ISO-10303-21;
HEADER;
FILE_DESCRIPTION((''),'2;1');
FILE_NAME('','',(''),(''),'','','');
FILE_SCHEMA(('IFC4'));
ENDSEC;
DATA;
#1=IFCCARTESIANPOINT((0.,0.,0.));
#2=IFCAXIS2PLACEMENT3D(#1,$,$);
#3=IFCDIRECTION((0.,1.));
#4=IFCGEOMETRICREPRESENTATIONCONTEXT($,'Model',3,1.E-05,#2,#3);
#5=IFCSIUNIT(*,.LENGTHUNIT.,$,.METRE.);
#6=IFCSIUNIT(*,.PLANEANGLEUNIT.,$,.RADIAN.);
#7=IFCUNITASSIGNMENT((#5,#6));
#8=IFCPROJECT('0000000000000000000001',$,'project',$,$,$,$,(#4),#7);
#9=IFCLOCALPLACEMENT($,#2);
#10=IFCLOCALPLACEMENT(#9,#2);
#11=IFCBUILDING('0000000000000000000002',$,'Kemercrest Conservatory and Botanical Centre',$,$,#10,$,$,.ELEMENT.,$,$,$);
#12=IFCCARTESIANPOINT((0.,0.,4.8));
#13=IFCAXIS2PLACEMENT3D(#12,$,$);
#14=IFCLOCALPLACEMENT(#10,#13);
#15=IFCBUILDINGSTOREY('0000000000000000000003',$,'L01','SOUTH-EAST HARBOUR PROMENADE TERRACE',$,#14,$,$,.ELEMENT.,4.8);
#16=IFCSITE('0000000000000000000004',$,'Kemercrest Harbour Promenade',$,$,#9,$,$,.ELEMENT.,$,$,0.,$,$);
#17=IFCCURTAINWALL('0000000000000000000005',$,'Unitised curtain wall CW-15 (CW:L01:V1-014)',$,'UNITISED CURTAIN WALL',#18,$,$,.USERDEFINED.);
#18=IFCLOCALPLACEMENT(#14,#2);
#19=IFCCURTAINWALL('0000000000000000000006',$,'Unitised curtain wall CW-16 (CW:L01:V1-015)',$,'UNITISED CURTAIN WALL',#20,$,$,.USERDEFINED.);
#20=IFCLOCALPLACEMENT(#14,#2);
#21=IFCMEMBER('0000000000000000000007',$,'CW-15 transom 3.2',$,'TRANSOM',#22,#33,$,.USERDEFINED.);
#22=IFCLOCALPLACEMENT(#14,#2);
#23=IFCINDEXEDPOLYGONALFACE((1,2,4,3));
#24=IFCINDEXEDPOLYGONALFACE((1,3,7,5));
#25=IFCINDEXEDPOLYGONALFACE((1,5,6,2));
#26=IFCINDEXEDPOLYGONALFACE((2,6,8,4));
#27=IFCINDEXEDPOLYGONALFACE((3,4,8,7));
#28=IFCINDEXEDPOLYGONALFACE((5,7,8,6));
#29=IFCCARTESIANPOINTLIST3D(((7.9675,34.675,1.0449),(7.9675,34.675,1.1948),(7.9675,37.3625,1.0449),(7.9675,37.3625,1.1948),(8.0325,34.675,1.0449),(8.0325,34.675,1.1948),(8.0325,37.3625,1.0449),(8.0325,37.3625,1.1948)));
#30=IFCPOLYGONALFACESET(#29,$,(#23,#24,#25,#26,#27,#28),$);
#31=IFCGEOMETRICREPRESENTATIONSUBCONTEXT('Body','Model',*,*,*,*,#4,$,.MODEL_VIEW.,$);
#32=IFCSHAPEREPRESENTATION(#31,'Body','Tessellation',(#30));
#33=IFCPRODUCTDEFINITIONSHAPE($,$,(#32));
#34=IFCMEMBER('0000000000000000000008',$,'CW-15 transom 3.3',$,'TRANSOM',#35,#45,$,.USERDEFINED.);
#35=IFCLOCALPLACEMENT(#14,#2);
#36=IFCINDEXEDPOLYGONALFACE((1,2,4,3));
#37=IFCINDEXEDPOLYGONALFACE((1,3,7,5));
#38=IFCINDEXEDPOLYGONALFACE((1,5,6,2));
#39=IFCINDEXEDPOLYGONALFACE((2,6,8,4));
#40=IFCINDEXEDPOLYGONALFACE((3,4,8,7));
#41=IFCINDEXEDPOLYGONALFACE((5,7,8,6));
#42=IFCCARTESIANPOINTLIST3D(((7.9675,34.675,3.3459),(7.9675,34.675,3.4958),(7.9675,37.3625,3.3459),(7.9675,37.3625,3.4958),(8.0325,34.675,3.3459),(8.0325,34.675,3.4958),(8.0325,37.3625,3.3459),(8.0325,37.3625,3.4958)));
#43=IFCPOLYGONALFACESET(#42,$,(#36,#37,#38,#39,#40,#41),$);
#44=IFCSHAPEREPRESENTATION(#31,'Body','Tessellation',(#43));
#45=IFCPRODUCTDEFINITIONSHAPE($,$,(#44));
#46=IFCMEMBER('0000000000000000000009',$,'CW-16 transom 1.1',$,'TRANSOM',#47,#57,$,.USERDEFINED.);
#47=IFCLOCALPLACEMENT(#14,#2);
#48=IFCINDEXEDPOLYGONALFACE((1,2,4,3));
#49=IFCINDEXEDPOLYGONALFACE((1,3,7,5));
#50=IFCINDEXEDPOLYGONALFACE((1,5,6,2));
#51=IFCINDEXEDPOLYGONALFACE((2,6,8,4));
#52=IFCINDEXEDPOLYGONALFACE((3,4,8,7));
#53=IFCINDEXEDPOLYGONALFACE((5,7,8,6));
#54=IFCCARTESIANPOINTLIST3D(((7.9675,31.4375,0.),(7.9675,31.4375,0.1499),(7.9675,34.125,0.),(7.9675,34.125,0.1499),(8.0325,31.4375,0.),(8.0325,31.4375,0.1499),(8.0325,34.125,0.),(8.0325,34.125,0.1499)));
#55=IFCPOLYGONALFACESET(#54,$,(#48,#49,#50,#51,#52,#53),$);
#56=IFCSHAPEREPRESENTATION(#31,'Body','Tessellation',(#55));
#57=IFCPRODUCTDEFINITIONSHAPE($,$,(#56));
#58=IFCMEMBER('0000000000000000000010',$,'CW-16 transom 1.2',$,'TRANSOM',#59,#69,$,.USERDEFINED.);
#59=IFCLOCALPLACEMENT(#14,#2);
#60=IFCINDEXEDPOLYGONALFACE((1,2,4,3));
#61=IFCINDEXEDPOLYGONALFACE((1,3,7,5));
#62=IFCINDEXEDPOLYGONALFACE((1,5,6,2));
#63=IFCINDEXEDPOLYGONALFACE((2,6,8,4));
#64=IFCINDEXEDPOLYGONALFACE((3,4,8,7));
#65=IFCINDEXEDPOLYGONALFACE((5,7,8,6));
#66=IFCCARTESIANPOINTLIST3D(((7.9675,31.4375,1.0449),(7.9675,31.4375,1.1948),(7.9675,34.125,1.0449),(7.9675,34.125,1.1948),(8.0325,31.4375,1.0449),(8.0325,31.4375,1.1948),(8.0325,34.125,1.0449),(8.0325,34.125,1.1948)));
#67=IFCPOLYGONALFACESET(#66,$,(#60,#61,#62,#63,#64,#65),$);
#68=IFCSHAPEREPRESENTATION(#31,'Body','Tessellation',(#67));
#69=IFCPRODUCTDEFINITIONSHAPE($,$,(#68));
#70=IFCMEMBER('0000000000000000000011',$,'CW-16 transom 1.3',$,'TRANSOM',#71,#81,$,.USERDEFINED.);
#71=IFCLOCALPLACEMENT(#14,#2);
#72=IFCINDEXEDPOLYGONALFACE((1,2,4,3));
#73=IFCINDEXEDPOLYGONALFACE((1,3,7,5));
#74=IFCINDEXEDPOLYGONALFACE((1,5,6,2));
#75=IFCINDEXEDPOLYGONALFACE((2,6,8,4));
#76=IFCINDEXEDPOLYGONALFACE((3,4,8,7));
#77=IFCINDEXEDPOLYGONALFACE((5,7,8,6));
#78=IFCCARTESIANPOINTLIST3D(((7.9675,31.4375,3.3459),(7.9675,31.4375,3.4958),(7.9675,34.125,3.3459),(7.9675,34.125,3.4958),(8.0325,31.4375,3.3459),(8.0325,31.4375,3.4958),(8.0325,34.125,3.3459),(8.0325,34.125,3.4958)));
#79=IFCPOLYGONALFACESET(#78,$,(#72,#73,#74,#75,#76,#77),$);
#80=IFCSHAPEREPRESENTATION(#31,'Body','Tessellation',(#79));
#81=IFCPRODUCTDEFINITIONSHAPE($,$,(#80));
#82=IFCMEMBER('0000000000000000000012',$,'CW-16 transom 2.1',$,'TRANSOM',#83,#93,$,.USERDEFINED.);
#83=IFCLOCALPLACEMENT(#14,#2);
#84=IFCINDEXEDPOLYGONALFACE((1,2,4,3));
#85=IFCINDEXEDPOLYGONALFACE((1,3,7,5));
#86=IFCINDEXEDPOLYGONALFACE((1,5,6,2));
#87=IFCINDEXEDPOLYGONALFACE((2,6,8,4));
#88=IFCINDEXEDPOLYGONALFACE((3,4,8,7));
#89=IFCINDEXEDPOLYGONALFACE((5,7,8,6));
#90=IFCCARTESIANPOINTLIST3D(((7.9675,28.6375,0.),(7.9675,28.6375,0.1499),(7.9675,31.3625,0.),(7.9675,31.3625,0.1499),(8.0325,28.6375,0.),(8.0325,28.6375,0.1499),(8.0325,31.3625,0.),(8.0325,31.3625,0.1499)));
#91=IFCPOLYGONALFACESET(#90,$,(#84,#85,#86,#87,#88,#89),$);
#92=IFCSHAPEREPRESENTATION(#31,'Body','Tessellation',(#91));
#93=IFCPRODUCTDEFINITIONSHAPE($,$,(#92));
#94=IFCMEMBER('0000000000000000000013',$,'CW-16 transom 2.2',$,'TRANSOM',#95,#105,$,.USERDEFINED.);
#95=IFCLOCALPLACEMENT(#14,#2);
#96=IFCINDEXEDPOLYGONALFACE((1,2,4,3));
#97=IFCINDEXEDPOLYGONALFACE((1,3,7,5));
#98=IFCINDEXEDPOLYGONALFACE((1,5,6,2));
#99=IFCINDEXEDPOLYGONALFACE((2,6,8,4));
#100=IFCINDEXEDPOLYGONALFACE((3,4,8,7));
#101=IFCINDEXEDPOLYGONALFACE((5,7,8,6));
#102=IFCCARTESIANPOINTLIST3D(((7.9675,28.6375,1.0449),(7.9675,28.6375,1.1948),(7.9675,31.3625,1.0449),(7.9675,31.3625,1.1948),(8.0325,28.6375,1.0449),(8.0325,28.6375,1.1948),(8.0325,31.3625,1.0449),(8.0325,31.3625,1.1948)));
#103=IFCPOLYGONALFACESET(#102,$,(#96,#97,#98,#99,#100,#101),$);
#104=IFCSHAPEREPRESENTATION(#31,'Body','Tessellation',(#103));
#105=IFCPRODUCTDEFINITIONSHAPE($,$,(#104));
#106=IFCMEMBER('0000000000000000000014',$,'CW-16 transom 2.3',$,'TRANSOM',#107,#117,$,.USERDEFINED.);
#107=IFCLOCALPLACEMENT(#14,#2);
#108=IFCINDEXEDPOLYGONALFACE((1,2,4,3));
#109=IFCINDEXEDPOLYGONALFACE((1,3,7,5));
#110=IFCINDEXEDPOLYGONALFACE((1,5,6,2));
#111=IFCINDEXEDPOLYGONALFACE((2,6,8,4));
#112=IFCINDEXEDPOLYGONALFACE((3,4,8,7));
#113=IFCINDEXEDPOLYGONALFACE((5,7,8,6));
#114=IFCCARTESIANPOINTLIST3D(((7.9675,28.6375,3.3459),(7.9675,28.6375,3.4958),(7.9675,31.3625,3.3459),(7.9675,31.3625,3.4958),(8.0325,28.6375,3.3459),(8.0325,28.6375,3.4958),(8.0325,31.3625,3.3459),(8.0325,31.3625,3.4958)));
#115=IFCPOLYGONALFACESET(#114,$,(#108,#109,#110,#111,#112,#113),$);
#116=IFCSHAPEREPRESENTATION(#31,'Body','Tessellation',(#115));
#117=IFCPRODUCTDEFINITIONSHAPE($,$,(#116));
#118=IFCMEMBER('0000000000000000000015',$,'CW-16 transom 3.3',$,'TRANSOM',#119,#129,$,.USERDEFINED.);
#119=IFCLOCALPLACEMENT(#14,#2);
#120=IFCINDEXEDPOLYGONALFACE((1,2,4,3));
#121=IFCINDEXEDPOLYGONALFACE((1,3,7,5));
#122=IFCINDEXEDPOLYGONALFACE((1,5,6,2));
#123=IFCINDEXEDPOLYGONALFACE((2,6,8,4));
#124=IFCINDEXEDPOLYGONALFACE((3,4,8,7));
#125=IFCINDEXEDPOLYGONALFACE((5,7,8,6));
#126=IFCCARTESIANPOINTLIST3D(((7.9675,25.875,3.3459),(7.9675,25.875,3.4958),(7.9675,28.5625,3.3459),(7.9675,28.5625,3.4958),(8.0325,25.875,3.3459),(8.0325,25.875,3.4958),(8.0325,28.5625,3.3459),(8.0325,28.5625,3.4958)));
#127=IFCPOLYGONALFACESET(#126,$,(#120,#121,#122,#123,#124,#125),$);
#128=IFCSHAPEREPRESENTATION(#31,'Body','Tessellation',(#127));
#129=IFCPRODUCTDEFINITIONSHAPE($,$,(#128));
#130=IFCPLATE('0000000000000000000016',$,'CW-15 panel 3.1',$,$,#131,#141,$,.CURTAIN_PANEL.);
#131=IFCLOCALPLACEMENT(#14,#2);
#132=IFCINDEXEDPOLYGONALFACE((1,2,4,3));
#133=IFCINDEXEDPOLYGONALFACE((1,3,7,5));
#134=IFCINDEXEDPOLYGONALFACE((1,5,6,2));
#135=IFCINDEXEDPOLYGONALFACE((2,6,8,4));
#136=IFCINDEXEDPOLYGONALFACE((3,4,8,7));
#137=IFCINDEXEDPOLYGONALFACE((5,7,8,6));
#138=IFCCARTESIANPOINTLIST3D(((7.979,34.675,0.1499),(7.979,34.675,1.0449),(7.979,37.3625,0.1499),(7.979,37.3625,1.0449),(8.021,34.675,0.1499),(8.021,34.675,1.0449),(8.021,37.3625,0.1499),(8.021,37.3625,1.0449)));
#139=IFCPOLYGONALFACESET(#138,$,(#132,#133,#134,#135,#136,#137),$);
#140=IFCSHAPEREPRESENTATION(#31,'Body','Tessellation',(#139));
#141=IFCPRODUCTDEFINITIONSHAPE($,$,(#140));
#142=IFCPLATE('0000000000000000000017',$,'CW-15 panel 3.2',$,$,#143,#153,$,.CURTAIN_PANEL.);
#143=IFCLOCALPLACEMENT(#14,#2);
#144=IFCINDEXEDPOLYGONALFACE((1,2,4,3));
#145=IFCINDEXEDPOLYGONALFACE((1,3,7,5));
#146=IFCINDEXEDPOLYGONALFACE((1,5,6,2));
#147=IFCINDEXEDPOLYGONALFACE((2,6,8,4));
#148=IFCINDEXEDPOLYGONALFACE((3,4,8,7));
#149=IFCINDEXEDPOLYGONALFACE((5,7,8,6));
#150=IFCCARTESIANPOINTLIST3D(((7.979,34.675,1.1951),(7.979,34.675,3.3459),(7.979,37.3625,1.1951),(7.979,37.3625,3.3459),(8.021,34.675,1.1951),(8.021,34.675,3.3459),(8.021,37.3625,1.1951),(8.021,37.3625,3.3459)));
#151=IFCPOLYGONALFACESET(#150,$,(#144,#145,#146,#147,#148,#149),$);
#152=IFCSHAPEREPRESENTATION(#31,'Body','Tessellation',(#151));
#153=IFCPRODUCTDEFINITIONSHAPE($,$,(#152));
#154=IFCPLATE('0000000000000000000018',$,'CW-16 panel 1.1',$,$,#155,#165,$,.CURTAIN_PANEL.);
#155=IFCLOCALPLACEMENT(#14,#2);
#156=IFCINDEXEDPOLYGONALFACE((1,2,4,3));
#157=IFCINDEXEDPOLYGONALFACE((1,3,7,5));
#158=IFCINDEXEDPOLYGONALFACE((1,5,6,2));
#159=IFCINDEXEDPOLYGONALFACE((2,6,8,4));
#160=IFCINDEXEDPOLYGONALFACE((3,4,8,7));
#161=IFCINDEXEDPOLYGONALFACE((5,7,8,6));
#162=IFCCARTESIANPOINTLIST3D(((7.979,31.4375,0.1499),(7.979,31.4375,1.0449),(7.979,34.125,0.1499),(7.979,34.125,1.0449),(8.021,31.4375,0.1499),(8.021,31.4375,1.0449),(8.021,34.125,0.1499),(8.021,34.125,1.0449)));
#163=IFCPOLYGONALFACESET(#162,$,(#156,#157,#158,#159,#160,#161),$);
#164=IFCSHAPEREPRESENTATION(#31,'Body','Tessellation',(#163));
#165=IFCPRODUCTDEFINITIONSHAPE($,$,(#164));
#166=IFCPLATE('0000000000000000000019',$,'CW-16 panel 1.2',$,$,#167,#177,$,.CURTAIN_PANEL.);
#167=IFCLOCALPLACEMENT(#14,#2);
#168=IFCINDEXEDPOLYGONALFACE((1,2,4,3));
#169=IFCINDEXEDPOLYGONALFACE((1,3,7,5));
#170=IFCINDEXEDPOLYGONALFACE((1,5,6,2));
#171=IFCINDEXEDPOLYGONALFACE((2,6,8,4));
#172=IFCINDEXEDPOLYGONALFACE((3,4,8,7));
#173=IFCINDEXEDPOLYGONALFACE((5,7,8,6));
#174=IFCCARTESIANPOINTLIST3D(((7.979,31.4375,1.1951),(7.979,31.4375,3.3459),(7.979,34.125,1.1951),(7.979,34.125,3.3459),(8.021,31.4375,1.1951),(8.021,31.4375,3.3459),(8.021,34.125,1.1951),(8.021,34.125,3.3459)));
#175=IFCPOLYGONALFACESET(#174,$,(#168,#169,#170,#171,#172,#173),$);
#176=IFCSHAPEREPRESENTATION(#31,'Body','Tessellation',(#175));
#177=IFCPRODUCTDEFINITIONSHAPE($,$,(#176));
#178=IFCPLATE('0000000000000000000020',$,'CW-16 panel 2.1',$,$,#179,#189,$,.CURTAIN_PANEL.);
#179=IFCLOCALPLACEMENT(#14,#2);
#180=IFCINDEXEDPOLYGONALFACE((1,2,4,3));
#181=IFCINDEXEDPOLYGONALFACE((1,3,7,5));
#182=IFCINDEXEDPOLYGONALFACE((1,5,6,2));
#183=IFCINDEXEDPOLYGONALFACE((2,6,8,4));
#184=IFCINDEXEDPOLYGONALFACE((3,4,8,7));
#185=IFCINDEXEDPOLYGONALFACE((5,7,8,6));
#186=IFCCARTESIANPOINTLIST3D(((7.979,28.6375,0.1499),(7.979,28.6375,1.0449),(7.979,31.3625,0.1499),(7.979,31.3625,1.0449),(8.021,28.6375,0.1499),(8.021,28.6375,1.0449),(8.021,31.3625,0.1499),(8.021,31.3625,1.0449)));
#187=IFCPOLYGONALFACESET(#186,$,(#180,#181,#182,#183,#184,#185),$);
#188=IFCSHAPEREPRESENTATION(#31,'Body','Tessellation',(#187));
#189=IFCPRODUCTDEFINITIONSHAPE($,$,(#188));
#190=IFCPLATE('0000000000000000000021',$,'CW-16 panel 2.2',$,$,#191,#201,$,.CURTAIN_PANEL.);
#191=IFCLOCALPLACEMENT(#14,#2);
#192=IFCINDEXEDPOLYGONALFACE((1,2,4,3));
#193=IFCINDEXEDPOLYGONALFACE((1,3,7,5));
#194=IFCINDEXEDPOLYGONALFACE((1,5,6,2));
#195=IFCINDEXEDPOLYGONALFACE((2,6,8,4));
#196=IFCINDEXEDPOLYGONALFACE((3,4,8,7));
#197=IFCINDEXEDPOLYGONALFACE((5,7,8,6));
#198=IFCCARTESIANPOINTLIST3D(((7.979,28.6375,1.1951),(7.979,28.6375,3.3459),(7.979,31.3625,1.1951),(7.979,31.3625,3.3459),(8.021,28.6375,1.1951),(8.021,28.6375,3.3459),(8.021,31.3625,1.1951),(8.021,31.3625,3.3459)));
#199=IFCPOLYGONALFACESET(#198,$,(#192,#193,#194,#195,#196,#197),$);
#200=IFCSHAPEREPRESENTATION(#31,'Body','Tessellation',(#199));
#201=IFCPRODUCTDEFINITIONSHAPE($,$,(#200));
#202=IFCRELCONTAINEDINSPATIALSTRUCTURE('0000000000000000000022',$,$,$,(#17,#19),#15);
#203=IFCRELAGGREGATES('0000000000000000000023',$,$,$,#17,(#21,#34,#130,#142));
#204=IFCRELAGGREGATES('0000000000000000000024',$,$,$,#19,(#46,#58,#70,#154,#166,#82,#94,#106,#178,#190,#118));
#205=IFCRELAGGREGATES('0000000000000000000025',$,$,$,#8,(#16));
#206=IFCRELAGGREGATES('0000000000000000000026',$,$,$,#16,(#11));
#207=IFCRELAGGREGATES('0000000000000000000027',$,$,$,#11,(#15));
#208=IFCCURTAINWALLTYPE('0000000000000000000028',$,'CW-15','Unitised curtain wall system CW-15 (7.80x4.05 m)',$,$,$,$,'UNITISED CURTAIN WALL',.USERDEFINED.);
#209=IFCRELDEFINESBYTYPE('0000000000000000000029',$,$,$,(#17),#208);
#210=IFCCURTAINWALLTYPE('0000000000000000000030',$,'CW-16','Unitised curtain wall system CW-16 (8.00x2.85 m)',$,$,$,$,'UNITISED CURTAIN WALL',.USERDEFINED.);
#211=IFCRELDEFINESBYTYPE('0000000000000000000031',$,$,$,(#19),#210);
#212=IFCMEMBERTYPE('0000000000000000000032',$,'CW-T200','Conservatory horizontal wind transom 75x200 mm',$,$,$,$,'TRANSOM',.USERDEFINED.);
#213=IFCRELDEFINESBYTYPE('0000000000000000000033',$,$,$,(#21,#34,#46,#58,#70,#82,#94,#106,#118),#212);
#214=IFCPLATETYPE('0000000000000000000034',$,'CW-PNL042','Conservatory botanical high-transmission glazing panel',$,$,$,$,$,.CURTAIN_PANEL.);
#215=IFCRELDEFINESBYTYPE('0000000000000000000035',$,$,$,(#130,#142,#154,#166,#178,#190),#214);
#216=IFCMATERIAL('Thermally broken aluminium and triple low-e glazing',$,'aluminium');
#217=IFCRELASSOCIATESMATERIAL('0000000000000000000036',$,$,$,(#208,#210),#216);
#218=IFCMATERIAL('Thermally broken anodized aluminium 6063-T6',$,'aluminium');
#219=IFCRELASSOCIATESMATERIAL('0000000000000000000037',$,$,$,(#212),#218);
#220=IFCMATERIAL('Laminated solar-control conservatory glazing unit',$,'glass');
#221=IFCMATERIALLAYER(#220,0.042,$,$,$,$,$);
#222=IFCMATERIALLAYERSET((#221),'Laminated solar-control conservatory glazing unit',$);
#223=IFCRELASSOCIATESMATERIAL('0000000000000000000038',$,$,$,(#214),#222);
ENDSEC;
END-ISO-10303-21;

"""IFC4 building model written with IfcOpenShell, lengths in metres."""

from ifc_helpers import new_model, si_unit, direction, frame, origin, origin_2d, place, context, subcontext, project, spatial, rectangle, extrude, material, layer, layer_set, material_profile, profile_set, type_object, element, aggregate, save


model = new_model("IFC4")

# Units and contexts
model_context = context("Model", 3, precision=1e-05, world=origin(), true_north=direction((0.0, 1.0)))
body_context = subcontext(model_context, "Body", "Model", "MODEL_VIEW")
ifc_project = project(units=[si_unit("LENGTHUNIT", "METRE"), si_unit("PLANEANGLEUNIT", "RADIAN")], contexts=[model_context])

# Site, building, storey
site_placement = place(None, origin())
site = spatial("IfcSite", under=ifc_project, at=site_placement, Name="Kemercrest Harbour Promenade", CompositionType="ELEMENT", RefElevation=0.0)
building_placement = place(site_placement, origin())
building = spatial("IfcBuilding", under=site, at=building_placement, Name="Kemercrest Conservatory and Botanical Centre", CompositionType="ELEMENT")
storey_placement = place(building_placement, frame((0.0, 0.0, 4.8)))
storey = spatial("IfcBuildingStorey", under=building, at=storey_placement, Name="L01", Description="SOUTH-EAST HARBOUR PROMENADE TERRACE", CompositionType="ELEMENT", Elevation=4.8)

# Curtain wall
ifc_material_1 = material(Name="Thermally broken aluminium and triple low-e glazing", Category="aluminium")
curtain_wall_type_1 = type_object("IfcCurtainWallType", Name="CW-15", Description="Unitised curtain wall system CW-15 (7.80x4.05 m)", ElementType="UNITISED CURTAIN WALL", PredefinedType="USERDEFINED", material=ifc_material_1)
curtain_wall_1_placement = place(storey_placement, origin())
curtain_wall_1 = element("IfcCurtainWall", 1, at=curtain_wall_1_placement, inside=storey, type_object=curtain_wall_type_1, Name="Unitised curtain wall CW-15 (CW:L01:V1-014)", ObjectType="UNITISED CURTAIN WALL", PredefinedType="USERDEFINED")
ifc_material_2 = material(Name="Thermally broken anodized aluminium 6063-T6", Category="aluminium")

# Curtain wall
curtain_wall_type_2 = type_object("IfcCurtainWallType", Name="CW-16", Description="Unitised curtain wall system CW-16 (8.00x2.85 m)", ElementType="UNITISED CURTAIN WALL", PredefinedType="USERDEFINED", material=ifc_material_1)
curtain_wall_2_placement = place(storey_placement, origin())
curtain_wall_2 = element("IfcCurtainWall", 2, at=curtain_wall_2_placement, inside=storey, type_object=curtain_wall_type_2, Name="Unitised curtain wall CW-16 (CW:L01:V1-015)", ObjectType="UNITISED CURTAIN WALL", PredefinedType="USERDEFINED")

# Members
ifc_material_profile_1 = material_profile(ifc_material_2, rectangle(XDim=0.0649, YDim=0.1499, at=origin_2d()), Name="AL TRANSOM 65x150")
ifc_profile_set_1 = profile_set([ifc_material_profile_1], Name="Thermally broken anodized aluminium 6063-T6")
member_type_1 = type_object("IfcMemberType", Name="CW-T200", Description="Conservatory horizontal wind transom 75x200 mm", ElementType="TRANSOM", PredefinedType="USERDEFINED", material=ifc_profile_set_1)
member_1_placement = place(storey_placement, frame((8.0, 37.3625, 1.1199), z_axis=(0.0, -1.0, 0.0), x_axis=(1.0, 0.0, 0.0)))
member_1 = element("IfcMember", 3, at=member_1_placement, type_object=member_type_1, Name="CW-15 transom 3.2", ObjectType="TRANSOM", PredefinedType="USERDEFINED", context=body_context, shape_type="SweptSolid", body=[
    extrude(rectangle(XDim=0.0649, YDim=0.1499, at=origin_2d()), origin(), (0.0, 0.0, 1.0), 2.6875),
])
member_2_placement = place(storey_placement, frame((8.0, 37.3625, 3.4209), z_axis=(0.0, -1.0, 0.0), x_axis=(1.0, 0.0, 0.0)))
member_2 = element("IfcMember", 4, at=member_2_placement, type_object=member_type_1, Name="CW-15 transom 3.3", ObjectType="TRANSOM", PredefinedType="USERDEFINED", context=body_context, shape_type="SweptSolid", body=[
    extrude(rectangle(XDim=0.0649, YDim=0.1499, at=origin_2d()), origin(), (0.0, 0.0, 1.0), 2.6875),
])
member_3_placement = place(storey_placement, frame((8.0, 34.125, 0.075), z_axis=(0.0, -1.0, 0.0), x_axis=(1.0, 0.0, 0.0)))
member_3 = element("IfcMember", 5, at=member_3_placement, type_object=member_type_1, Name="CW-16 transom 1.1", ObjectType="TRANSOM", PredefinedType="USERDEFINED", context=body_context, shape_type="SweptSolid", body=[
    extrude(rectangle(XDim=0.0649, YDim=0.1499, at=origin_2d()), origin(), (0.0, 0.0, 1.0), 2.6875),
])
member_4_placement = place(storey_placement, frame((8.0, 34.125, 1.1199), z_axis=(0.0, -1.0, 0.0), x_axis=(1.0, 0.0, 0.0)))
member_4 = element("IfcMember", 6, at=member_4_placement, type_object=member_type_1, Name="CW-16 transom 1.2", ObjectType="TRANSOM", PredefinedType="USERDEFINED", context=body_context, shape_type="SweptSolid", body=[
    extrude(rectangle(XDim=0.0649, YDim=0.1499, at=origin_2d()), origin(), (0.0, 0.0, 1.0), 2.6875),
])
member_5_placement = place(storey_placement, frame((8.0, 34.125, 3.4209), z_axis=(0.0, -1.0, 0.0), x_axis=(1.0, 0.0, 0.0)))
member_5 = element("IfcMember", 7, at=member_5_placement, type_object=member_type_1, Name="CW-16 transom 1.3", ObjectType="TRANSOM", PredefinedType="USERDEFINED", context=body_context, shape_type="SweptSolid", body=[
    extrude(rectangle(XDim=0.0649, YDim=0.1499, at=origin_2d()), origin(), (0.0, 0.0, 1.0), 2.6875),
])
member_6_placement = place(storey_placement, frame((8.0, 31.3625, 0.075), z_axis=(0.0, -1.0, 0.0), x_axis=(1.0, 0.0, 0.0)))
member_6 = element("IfcMember", 8, at=member_6_placement, type_object=member_type_1, Name="CW-16 transom 2.1", ObjectType="TRANSOM", PredefinedType="USERDEFINED", context=body_context, shape_type="SweptSolid", body=[
    extrude(rectangle(XDim=0.0649, YDim=0.1499, at=origin_2d()), origin(), (0.0, 0.0, 1.0), 2.7251),
])
member_7_placement = place(storey_placement, frame((8.0, 31.3625, 1.1199), z_axis=(0.0, -1.0, 0.0), x_axis=(1.0, 0.0, 0.0)))
member_7 = element("IfcMember", 9, at=member_7_placement, type_object=member_type_1, Name="CW-16 transom 2.2", ObjectType="TRANSOM", PredefinedType="USERDEFINED", context=body_context, shape_type="SweptSolid", body=[
    extrude(rectangle(XDim=0.0649, YDim=0.1499, at=origin_2d()), origin(), (0.0, 0.0, 1.0), 2.7251),
])
member_8_placement = place(storey_placement, frame((8.0, 31.3625, 3.4209), z_axis=(0.0, -1.0, 0.0), x_axis=(1.0, 0.0, 0.0)))
member_8 = element("IfcMember", 10, at=member_8_placement, type_object=member_type_1, Name="CW-16 transom 2.3", ObjectType="TRANSOM", PredefinedType="USERDEFINED", context=body_context, shape_type="SweptSolid", body=[
    extrude(rectangle(XDim=0.0649, YDim=0.1499, at=origin_2d()), origin(), (0.0, 0.0, 1.0), 2.7251),
])
member_9_placement = place(storey_placement, frame((8.0, 28.5625, 3.4209), z_axis=(0.0, -1.0, 0.0), x_axis=(1.0, 0.0, 0.0)))
member_9 = element("IfcMember", 11, at=member_9_placement, type_object=member_type_1, Name="CW-16 transom 3.3", ObjectType="TRANSOM", PredefinedType="USERDEFINED", context=body_context, shape_type="SweptSolid", body=[
    extrude(rectangle(XDim=0.0649, YDim=0.1499, at=origin_2d()), origin(), (0.0, 0.0, 1.0), 2.6875),
])

# Plates
ifc_material_3 = material(Name="Laminated solar-control conservatory glazing unit", Category="glass")
ifc_layer = layer(ifc_material_3, 0.042)
ifc_layer_set = layer_set([ifc_layer], Name="Laminated solar-control conservatory glazing unit")
plate_type = type_object("IfcPlateType", Name="CW-PNL042", Description="Conservatory botanical high-transmission glazing panel", PredefinedType="CURTAIN_PANEL", material=ifc_layer_set)
plate_1_placement = place(storey_placement, frame((8.0, 36.0188, 0.1499), z_axis=(0.0, 0.0, 1.0), x_axis=(0.0, -1.0, 0.0)))
plate_1 = element("IfcPlate", 12, at=plate_1_placement, type_object=plate_type, Name="CW-15 panel 3.1", PredefinedType="CURTAIN_PANEL", context=body_context, shape_type="SweptSolid", body=[
    extrude(rectangle(XDim=2.6875, YDim=0.042, at=origin_2d()), origin(), (0.0, 0.0, 1.0), 0.895),
])
plate_2_placement = place(storey_placement, frame((8.0, 36.0188, 1.1951), z_axis=(0.0, 0.0, 1.0), x_axis=(0.0, -1.0, 0.0)))
plate_2 = element("IfcPlate", 13, at=plate_2_placement, type_object=plate_type, Name="CW-15 panel 3.2", PredefinedType="CURTAIN_PANEL", context=body_context, shape_type="SweptSolid", body=[
    extrude(rectangle(XDim=2.6875, YDim=0.042, at=origin_2d()), origin(), (0.0, 0.0, 1.0), 2.1509),
])
aggregate(curtain_wall_1, [member_1, member_2, plate_1, plate_2])
plate_3_placement = place(storey_placement, frame((8.0, 32.7812, 0.1499), z_axis=(0.0, 0.0, 1.0), x_axis=(0.0, -1.0, 0.0)))
plate_3 = element("IfcPlate", 14, at=plate_3_placement, type_object=plate_type, Name="CW-16 panel 1.1", PredefinedType="CURTAIN_PANEL", context=body_context, shape_type="SweptSolid", body=[
    extrude(rectangle(XDim=2.6875, YDim=0.042, at=origin_2d()), origin(), (0.0, 0.0, 1.0), 0.895),
])
plate_4_placement = place(storey_placement, frame((8.0, 32.7812, 1.1951), z_axis=(0.0, 0.0, 1.0), x_axis=(0.0, -1.0, 0.0)))
plate_4 = element("IfcPlate", 15, at=plate_4_placement, type_object=plate_type, Name="CW-16 panel 1.2", PredefinedType="CURTAIN_PANEL", context=body_context, shape_type="SweptSolid", body=[
    extrude(rectangle(XDim=2.6875, YDim=0.042, at=origin_2d()), origin(), (0.0, 0.0, 1.0), 2.1509),
])
plate_5_placement = place(storey_placement, frame((8.0, 30.0, 0.1499), z_axis=(0.0, 0.0, 1.0), x_axis=(0.0, -1.0, 0.0)))
plate_5 = element("IfcPlate", 16, at=plate_5_placement, type_object=plate_type, Name="CW-16 panel 2.1", PredefinedType="CURTAIN_PANEL", context=body_context, shape_type="SweptSolid", body=[
    extrude(rectangle(XDim=2.7251, YDim=0.042, at=origin_2d()), origin(), (0.0, 0.0, 1.0), 0.895),
])
plate_6_placement = place(storey_placement, frame((8.0, 30.0, 1.1951), z_axis=(0.0, 0.0, 1.0), x_axis=(0.0, -1.0, 0.0)))
plate_6 = element("IfcPlate", 17, at=plate_6_placement, type_object=plate_type, Name="CW-16 panel 2.2", PredefinedType="CURTAIN_PANEL", context=body_context, shape_type="SweptSolid", body=[
    extrude(rectangle(XDim=2.7251, YDim=0.042, at=origin_2d()), origin(), (0.0, 0.0, 1.0), 2.1509),
])
aggregate(curtain_wall_2, [member_3, member_4, member_5, plate_3, plate_4, member_6, member_7, member_8, plate_5, plate_6, member_9])

save(model, "model.ifc")
